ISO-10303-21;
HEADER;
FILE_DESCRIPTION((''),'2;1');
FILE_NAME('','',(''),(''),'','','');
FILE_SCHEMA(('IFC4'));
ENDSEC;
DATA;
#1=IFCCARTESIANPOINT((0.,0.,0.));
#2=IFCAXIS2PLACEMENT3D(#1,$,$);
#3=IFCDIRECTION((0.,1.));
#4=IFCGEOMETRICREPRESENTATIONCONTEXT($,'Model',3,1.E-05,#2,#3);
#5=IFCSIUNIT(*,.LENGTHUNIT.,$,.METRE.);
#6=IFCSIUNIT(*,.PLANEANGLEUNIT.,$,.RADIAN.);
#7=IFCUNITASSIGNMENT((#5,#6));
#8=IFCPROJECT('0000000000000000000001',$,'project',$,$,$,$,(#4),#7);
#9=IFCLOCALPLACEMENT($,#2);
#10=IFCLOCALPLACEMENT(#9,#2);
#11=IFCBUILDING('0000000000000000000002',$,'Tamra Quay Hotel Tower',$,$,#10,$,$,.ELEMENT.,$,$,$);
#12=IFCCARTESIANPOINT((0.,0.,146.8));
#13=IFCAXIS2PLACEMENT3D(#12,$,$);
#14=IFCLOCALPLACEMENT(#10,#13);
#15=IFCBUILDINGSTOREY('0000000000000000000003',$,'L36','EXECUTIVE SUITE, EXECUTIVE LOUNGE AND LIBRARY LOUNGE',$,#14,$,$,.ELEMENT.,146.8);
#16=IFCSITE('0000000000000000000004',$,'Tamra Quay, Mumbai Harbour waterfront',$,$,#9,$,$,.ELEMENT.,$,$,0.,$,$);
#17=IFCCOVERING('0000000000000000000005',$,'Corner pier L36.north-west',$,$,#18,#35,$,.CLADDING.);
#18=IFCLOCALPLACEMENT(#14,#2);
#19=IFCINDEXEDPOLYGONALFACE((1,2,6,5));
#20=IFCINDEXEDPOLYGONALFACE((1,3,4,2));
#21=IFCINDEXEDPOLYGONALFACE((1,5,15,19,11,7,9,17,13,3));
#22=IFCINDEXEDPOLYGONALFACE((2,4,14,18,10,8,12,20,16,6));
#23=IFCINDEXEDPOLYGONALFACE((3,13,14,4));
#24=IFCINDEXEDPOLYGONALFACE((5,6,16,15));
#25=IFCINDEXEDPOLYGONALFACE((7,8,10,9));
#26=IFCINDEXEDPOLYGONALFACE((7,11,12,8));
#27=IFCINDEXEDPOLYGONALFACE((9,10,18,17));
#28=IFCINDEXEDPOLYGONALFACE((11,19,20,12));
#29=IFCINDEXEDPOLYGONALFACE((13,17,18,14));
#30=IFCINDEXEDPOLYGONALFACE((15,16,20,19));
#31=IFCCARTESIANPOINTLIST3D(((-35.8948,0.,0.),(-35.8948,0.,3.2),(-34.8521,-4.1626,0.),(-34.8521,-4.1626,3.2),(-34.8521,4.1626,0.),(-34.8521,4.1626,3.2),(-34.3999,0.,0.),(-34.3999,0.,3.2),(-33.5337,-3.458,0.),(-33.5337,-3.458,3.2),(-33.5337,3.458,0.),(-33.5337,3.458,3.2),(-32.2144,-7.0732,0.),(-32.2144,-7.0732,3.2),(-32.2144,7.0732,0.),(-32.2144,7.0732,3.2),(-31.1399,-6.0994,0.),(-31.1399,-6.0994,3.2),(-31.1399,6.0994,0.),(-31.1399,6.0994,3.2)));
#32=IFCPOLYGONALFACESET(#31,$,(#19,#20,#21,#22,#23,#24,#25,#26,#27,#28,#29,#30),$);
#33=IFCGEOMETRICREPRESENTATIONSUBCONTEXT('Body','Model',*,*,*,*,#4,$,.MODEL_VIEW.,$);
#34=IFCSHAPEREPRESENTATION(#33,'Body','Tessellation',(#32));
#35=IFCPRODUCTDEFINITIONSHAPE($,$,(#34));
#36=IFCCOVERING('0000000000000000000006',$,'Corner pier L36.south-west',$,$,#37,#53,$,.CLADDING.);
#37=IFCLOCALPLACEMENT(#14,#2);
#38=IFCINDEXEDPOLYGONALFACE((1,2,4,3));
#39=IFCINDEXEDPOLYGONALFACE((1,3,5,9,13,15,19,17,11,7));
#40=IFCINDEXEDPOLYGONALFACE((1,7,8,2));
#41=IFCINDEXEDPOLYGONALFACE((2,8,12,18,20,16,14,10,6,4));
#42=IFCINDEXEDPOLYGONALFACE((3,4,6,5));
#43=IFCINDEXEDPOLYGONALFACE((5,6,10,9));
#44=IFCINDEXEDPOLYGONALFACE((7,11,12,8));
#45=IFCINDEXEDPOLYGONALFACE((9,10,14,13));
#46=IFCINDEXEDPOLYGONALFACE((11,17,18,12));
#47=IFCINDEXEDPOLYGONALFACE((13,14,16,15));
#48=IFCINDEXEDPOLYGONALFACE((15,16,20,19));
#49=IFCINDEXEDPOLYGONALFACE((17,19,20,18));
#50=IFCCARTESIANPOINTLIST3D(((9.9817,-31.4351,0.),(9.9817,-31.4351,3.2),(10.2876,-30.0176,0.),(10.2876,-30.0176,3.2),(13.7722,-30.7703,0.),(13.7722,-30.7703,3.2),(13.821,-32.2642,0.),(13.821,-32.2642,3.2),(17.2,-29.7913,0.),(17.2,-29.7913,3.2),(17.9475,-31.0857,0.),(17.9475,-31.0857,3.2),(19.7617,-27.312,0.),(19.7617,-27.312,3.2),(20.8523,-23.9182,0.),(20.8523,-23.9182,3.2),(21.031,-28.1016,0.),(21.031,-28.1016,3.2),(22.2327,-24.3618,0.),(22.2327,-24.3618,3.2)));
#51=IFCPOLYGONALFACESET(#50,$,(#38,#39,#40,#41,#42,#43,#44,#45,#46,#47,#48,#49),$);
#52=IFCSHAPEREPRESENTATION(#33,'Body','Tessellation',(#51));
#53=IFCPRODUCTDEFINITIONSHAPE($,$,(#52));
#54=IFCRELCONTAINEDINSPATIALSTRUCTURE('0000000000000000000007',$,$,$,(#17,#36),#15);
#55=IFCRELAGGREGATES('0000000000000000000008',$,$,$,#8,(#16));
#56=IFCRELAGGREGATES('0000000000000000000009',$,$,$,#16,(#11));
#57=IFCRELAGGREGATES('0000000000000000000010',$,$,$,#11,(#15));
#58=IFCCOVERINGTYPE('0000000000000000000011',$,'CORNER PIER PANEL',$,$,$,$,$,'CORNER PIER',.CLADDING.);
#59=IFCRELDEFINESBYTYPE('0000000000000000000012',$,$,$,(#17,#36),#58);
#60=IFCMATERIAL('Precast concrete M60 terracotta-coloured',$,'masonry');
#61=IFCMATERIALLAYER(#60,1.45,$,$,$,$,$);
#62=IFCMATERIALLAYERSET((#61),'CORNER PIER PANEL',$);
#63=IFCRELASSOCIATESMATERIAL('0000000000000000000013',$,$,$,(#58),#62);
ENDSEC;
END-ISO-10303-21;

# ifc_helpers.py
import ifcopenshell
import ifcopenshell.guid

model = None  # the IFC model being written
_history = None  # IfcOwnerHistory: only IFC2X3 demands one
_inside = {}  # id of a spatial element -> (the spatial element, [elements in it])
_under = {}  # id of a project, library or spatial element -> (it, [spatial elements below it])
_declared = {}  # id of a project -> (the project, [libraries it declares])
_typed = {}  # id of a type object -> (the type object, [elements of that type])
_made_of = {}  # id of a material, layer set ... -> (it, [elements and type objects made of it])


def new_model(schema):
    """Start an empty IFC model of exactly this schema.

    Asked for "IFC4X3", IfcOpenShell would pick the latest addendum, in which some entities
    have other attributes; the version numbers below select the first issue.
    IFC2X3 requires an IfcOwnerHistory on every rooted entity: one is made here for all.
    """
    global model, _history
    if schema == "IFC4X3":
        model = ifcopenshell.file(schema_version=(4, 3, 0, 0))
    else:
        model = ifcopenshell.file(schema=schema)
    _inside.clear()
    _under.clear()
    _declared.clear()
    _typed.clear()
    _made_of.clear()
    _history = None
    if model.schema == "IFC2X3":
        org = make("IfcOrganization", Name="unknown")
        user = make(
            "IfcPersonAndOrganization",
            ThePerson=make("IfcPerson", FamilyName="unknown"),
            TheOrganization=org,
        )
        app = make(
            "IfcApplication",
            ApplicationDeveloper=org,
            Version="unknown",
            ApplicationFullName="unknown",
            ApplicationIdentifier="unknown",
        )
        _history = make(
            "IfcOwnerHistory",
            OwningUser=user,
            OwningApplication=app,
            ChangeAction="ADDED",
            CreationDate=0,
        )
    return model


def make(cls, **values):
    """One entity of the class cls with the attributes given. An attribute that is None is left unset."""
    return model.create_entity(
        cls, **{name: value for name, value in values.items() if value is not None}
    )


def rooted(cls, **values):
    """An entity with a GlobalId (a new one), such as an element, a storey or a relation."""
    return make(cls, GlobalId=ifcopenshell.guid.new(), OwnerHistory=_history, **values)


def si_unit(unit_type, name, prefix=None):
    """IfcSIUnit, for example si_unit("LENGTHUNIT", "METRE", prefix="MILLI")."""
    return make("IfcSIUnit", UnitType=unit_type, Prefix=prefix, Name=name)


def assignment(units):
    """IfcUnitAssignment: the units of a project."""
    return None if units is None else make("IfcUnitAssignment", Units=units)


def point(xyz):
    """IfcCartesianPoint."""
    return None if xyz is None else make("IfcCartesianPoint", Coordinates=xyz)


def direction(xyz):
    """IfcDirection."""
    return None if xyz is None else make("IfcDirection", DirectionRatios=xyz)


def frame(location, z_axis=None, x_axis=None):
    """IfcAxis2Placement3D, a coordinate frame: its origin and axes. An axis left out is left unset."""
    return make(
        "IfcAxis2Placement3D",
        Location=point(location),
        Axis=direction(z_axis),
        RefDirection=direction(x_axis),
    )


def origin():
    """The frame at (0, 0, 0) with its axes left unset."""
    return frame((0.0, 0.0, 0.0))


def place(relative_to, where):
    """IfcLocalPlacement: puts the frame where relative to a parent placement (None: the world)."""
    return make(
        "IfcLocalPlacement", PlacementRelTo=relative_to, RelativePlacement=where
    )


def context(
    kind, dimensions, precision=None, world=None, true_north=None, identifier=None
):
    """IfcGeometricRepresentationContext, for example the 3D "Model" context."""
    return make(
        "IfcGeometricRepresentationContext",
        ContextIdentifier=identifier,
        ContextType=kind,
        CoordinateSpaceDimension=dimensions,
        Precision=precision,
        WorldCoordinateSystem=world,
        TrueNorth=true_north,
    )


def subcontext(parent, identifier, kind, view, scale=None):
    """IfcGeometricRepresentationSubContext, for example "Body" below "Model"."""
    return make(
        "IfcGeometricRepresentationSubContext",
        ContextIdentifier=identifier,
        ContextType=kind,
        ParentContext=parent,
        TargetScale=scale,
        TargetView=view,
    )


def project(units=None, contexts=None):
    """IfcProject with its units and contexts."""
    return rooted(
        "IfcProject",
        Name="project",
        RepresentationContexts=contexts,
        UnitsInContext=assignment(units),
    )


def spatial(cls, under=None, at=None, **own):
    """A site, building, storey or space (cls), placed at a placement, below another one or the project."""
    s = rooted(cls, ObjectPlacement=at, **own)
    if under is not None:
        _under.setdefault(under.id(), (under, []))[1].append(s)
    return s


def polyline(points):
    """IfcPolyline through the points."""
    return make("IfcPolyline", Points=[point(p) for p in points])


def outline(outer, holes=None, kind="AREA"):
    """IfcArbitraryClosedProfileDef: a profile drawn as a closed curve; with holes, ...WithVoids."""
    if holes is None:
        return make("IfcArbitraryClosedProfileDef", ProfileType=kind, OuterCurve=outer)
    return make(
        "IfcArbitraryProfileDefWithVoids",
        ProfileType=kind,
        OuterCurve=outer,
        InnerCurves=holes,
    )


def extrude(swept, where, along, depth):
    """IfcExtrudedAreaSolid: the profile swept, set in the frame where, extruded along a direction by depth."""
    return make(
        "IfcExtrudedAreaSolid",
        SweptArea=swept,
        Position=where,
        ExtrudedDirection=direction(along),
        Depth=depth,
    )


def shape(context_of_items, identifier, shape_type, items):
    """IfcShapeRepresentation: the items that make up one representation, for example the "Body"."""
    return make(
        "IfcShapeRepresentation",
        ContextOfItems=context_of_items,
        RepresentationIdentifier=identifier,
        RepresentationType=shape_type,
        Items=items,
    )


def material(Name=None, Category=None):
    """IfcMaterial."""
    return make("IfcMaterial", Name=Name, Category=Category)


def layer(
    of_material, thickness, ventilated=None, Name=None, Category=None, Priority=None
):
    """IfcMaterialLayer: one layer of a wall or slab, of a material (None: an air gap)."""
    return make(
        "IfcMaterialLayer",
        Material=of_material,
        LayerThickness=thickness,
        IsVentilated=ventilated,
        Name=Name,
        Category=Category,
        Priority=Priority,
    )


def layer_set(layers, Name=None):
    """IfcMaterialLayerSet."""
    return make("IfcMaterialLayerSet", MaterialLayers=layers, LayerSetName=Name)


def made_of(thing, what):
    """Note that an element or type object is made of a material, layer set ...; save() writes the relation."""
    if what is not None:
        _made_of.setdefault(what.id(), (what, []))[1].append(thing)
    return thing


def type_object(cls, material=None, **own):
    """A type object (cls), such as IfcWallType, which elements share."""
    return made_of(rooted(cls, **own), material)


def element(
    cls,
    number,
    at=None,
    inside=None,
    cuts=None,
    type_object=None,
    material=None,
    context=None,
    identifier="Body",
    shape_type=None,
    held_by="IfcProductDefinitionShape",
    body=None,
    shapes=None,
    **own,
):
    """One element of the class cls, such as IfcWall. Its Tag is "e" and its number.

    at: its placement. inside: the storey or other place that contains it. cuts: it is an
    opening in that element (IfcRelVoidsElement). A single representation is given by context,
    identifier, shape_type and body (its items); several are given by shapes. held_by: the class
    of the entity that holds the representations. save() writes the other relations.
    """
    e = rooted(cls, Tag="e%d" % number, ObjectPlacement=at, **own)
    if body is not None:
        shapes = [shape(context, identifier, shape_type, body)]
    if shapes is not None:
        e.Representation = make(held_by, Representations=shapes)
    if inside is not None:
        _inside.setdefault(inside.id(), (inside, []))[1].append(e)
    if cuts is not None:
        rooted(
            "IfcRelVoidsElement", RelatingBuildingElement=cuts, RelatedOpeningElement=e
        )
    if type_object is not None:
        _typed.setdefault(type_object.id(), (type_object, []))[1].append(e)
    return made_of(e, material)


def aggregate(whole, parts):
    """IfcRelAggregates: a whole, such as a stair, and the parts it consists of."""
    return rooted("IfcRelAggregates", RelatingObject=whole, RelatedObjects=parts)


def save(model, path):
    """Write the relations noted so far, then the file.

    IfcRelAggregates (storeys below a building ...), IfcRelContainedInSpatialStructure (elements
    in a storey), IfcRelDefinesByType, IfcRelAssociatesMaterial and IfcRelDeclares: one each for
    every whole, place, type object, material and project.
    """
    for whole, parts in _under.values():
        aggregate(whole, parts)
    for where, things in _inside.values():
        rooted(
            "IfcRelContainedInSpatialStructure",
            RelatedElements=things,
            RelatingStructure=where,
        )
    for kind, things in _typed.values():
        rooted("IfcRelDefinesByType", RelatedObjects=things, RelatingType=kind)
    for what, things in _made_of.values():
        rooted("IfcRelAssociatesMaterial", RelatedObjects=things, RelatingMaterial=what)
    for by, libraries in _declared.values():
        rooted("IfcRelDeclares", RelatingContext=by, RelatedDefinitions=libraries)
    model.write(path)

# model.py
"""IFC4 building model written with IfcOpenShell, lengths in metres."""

from ifc_helpers import new_model, si_unit, direction, frame, origin, place, context, subcontext, project, spatial, polyline, outline, extrude, material, layer, layer_set, type_object, element, save


model = new_model("IFC4")

# Units and contexts
model_context = context("Model", 3, precision=1e-05, world=origin(), true_north=direction((0.0, 1.0)))
body_context = subcontext(model_context, "Body", "Model", "MODEL_VIEW")
ifc_project = project(units=[si_unit("LENGTHUNIT", "METRE"), si_unit("PLANEANGLEUNIT", "RADIAN")], contexts=[model_context])

# Site, building, storey
site_placement = place(None, origin())
site = spatial("IfcSite", under=ifc_project, at=site_placement, Name="Tamra Quay, Mumbai Harbour waterfront", CompositionType="ELEMENT", RefElevation=0.0)
building_placement = place(site_placement, origin())
building = spatial("IfcBuilding", under=site, at=building_placement, Name="Tamra Quay Hotel Tower", CompositionType="ELEMENT")
storey_placement = place(building_placement, frame((0.0, 0.0, 146.8)))
storey = spatial("IfcBuildingStorey", under=building, at=storey_placement, Name="L36", Description="EXECUTIVE SUITE, EXECUTIVE LOUNGE AND LIBRARY LOUNGE", CompositionType="ELEMENT", Elevation=146.8)

# Coverings
ifc_material_1 = material(Name="Precast concrete M60 terracotta-coloured", Category="masonry")
ifc_layer_1 = layer(ifc_material_1, 1.45)
ifc_layer_set_1 = layer_set([ifc_layer_1], Name="CORNER PIER PANEL")
covering_type = type_object("IfcCoveringType", Name="CORNER PIER PANEL", ElementType="CORNER PIER", PredefinedType="CLADDING", material=ifc_layer_set_1)
covering_1_placement = place(storey_placement, origin())
element("IfcCovering", 1, at=covering_1_placement, inside=storey, type_object=covering_type, Name="Corner pier L36.north-west", PredefinedType="CLADDING", context=body_context, shape_type="SweptSolid", body=[
    extrude(outline(polyline([(-31.1399, 6.0994), (-32.2144, 7.0732), (-34.8521, 4.1626), (-35.8948, 0.0), (-34.8521, -4.1626), (-32.2144, -7.0732), (-31.1399, -6.0994), (-33.5337, -3.458), (-34.3999, 0.0), (-33.5337, 3.458), (-31.1399, 6.0994)])), origin(), (0.0, 0.0, 1.0), 3.2),
])
covering_2_placement = place(storey_placement, origin())
element("IfcCovering", 2, at=covering_2_placement, inside=storey, type_object=covering_type, Name="Corner pier L36.south-west", PredefinedType="CLADDING", context=body_context, shape_type="SweptSolid", body=[
    extrude(outline(polyline([(10.2876, -30.0176), (9.9817, -31.4351), (13.821, -32.2642), (17.9475, -31.0857), (21.031, -28.1016), (22.2327, -24.3618), (20.8523, -23.9182), (19.7617, -27.312), (17.2, -29.7913), (13.7722, -30.7703), (10.2876, -30.0176)])), origin(), (0.0, 0.0, 1.0), 3.2),
])

save(model, "model.ifc")
